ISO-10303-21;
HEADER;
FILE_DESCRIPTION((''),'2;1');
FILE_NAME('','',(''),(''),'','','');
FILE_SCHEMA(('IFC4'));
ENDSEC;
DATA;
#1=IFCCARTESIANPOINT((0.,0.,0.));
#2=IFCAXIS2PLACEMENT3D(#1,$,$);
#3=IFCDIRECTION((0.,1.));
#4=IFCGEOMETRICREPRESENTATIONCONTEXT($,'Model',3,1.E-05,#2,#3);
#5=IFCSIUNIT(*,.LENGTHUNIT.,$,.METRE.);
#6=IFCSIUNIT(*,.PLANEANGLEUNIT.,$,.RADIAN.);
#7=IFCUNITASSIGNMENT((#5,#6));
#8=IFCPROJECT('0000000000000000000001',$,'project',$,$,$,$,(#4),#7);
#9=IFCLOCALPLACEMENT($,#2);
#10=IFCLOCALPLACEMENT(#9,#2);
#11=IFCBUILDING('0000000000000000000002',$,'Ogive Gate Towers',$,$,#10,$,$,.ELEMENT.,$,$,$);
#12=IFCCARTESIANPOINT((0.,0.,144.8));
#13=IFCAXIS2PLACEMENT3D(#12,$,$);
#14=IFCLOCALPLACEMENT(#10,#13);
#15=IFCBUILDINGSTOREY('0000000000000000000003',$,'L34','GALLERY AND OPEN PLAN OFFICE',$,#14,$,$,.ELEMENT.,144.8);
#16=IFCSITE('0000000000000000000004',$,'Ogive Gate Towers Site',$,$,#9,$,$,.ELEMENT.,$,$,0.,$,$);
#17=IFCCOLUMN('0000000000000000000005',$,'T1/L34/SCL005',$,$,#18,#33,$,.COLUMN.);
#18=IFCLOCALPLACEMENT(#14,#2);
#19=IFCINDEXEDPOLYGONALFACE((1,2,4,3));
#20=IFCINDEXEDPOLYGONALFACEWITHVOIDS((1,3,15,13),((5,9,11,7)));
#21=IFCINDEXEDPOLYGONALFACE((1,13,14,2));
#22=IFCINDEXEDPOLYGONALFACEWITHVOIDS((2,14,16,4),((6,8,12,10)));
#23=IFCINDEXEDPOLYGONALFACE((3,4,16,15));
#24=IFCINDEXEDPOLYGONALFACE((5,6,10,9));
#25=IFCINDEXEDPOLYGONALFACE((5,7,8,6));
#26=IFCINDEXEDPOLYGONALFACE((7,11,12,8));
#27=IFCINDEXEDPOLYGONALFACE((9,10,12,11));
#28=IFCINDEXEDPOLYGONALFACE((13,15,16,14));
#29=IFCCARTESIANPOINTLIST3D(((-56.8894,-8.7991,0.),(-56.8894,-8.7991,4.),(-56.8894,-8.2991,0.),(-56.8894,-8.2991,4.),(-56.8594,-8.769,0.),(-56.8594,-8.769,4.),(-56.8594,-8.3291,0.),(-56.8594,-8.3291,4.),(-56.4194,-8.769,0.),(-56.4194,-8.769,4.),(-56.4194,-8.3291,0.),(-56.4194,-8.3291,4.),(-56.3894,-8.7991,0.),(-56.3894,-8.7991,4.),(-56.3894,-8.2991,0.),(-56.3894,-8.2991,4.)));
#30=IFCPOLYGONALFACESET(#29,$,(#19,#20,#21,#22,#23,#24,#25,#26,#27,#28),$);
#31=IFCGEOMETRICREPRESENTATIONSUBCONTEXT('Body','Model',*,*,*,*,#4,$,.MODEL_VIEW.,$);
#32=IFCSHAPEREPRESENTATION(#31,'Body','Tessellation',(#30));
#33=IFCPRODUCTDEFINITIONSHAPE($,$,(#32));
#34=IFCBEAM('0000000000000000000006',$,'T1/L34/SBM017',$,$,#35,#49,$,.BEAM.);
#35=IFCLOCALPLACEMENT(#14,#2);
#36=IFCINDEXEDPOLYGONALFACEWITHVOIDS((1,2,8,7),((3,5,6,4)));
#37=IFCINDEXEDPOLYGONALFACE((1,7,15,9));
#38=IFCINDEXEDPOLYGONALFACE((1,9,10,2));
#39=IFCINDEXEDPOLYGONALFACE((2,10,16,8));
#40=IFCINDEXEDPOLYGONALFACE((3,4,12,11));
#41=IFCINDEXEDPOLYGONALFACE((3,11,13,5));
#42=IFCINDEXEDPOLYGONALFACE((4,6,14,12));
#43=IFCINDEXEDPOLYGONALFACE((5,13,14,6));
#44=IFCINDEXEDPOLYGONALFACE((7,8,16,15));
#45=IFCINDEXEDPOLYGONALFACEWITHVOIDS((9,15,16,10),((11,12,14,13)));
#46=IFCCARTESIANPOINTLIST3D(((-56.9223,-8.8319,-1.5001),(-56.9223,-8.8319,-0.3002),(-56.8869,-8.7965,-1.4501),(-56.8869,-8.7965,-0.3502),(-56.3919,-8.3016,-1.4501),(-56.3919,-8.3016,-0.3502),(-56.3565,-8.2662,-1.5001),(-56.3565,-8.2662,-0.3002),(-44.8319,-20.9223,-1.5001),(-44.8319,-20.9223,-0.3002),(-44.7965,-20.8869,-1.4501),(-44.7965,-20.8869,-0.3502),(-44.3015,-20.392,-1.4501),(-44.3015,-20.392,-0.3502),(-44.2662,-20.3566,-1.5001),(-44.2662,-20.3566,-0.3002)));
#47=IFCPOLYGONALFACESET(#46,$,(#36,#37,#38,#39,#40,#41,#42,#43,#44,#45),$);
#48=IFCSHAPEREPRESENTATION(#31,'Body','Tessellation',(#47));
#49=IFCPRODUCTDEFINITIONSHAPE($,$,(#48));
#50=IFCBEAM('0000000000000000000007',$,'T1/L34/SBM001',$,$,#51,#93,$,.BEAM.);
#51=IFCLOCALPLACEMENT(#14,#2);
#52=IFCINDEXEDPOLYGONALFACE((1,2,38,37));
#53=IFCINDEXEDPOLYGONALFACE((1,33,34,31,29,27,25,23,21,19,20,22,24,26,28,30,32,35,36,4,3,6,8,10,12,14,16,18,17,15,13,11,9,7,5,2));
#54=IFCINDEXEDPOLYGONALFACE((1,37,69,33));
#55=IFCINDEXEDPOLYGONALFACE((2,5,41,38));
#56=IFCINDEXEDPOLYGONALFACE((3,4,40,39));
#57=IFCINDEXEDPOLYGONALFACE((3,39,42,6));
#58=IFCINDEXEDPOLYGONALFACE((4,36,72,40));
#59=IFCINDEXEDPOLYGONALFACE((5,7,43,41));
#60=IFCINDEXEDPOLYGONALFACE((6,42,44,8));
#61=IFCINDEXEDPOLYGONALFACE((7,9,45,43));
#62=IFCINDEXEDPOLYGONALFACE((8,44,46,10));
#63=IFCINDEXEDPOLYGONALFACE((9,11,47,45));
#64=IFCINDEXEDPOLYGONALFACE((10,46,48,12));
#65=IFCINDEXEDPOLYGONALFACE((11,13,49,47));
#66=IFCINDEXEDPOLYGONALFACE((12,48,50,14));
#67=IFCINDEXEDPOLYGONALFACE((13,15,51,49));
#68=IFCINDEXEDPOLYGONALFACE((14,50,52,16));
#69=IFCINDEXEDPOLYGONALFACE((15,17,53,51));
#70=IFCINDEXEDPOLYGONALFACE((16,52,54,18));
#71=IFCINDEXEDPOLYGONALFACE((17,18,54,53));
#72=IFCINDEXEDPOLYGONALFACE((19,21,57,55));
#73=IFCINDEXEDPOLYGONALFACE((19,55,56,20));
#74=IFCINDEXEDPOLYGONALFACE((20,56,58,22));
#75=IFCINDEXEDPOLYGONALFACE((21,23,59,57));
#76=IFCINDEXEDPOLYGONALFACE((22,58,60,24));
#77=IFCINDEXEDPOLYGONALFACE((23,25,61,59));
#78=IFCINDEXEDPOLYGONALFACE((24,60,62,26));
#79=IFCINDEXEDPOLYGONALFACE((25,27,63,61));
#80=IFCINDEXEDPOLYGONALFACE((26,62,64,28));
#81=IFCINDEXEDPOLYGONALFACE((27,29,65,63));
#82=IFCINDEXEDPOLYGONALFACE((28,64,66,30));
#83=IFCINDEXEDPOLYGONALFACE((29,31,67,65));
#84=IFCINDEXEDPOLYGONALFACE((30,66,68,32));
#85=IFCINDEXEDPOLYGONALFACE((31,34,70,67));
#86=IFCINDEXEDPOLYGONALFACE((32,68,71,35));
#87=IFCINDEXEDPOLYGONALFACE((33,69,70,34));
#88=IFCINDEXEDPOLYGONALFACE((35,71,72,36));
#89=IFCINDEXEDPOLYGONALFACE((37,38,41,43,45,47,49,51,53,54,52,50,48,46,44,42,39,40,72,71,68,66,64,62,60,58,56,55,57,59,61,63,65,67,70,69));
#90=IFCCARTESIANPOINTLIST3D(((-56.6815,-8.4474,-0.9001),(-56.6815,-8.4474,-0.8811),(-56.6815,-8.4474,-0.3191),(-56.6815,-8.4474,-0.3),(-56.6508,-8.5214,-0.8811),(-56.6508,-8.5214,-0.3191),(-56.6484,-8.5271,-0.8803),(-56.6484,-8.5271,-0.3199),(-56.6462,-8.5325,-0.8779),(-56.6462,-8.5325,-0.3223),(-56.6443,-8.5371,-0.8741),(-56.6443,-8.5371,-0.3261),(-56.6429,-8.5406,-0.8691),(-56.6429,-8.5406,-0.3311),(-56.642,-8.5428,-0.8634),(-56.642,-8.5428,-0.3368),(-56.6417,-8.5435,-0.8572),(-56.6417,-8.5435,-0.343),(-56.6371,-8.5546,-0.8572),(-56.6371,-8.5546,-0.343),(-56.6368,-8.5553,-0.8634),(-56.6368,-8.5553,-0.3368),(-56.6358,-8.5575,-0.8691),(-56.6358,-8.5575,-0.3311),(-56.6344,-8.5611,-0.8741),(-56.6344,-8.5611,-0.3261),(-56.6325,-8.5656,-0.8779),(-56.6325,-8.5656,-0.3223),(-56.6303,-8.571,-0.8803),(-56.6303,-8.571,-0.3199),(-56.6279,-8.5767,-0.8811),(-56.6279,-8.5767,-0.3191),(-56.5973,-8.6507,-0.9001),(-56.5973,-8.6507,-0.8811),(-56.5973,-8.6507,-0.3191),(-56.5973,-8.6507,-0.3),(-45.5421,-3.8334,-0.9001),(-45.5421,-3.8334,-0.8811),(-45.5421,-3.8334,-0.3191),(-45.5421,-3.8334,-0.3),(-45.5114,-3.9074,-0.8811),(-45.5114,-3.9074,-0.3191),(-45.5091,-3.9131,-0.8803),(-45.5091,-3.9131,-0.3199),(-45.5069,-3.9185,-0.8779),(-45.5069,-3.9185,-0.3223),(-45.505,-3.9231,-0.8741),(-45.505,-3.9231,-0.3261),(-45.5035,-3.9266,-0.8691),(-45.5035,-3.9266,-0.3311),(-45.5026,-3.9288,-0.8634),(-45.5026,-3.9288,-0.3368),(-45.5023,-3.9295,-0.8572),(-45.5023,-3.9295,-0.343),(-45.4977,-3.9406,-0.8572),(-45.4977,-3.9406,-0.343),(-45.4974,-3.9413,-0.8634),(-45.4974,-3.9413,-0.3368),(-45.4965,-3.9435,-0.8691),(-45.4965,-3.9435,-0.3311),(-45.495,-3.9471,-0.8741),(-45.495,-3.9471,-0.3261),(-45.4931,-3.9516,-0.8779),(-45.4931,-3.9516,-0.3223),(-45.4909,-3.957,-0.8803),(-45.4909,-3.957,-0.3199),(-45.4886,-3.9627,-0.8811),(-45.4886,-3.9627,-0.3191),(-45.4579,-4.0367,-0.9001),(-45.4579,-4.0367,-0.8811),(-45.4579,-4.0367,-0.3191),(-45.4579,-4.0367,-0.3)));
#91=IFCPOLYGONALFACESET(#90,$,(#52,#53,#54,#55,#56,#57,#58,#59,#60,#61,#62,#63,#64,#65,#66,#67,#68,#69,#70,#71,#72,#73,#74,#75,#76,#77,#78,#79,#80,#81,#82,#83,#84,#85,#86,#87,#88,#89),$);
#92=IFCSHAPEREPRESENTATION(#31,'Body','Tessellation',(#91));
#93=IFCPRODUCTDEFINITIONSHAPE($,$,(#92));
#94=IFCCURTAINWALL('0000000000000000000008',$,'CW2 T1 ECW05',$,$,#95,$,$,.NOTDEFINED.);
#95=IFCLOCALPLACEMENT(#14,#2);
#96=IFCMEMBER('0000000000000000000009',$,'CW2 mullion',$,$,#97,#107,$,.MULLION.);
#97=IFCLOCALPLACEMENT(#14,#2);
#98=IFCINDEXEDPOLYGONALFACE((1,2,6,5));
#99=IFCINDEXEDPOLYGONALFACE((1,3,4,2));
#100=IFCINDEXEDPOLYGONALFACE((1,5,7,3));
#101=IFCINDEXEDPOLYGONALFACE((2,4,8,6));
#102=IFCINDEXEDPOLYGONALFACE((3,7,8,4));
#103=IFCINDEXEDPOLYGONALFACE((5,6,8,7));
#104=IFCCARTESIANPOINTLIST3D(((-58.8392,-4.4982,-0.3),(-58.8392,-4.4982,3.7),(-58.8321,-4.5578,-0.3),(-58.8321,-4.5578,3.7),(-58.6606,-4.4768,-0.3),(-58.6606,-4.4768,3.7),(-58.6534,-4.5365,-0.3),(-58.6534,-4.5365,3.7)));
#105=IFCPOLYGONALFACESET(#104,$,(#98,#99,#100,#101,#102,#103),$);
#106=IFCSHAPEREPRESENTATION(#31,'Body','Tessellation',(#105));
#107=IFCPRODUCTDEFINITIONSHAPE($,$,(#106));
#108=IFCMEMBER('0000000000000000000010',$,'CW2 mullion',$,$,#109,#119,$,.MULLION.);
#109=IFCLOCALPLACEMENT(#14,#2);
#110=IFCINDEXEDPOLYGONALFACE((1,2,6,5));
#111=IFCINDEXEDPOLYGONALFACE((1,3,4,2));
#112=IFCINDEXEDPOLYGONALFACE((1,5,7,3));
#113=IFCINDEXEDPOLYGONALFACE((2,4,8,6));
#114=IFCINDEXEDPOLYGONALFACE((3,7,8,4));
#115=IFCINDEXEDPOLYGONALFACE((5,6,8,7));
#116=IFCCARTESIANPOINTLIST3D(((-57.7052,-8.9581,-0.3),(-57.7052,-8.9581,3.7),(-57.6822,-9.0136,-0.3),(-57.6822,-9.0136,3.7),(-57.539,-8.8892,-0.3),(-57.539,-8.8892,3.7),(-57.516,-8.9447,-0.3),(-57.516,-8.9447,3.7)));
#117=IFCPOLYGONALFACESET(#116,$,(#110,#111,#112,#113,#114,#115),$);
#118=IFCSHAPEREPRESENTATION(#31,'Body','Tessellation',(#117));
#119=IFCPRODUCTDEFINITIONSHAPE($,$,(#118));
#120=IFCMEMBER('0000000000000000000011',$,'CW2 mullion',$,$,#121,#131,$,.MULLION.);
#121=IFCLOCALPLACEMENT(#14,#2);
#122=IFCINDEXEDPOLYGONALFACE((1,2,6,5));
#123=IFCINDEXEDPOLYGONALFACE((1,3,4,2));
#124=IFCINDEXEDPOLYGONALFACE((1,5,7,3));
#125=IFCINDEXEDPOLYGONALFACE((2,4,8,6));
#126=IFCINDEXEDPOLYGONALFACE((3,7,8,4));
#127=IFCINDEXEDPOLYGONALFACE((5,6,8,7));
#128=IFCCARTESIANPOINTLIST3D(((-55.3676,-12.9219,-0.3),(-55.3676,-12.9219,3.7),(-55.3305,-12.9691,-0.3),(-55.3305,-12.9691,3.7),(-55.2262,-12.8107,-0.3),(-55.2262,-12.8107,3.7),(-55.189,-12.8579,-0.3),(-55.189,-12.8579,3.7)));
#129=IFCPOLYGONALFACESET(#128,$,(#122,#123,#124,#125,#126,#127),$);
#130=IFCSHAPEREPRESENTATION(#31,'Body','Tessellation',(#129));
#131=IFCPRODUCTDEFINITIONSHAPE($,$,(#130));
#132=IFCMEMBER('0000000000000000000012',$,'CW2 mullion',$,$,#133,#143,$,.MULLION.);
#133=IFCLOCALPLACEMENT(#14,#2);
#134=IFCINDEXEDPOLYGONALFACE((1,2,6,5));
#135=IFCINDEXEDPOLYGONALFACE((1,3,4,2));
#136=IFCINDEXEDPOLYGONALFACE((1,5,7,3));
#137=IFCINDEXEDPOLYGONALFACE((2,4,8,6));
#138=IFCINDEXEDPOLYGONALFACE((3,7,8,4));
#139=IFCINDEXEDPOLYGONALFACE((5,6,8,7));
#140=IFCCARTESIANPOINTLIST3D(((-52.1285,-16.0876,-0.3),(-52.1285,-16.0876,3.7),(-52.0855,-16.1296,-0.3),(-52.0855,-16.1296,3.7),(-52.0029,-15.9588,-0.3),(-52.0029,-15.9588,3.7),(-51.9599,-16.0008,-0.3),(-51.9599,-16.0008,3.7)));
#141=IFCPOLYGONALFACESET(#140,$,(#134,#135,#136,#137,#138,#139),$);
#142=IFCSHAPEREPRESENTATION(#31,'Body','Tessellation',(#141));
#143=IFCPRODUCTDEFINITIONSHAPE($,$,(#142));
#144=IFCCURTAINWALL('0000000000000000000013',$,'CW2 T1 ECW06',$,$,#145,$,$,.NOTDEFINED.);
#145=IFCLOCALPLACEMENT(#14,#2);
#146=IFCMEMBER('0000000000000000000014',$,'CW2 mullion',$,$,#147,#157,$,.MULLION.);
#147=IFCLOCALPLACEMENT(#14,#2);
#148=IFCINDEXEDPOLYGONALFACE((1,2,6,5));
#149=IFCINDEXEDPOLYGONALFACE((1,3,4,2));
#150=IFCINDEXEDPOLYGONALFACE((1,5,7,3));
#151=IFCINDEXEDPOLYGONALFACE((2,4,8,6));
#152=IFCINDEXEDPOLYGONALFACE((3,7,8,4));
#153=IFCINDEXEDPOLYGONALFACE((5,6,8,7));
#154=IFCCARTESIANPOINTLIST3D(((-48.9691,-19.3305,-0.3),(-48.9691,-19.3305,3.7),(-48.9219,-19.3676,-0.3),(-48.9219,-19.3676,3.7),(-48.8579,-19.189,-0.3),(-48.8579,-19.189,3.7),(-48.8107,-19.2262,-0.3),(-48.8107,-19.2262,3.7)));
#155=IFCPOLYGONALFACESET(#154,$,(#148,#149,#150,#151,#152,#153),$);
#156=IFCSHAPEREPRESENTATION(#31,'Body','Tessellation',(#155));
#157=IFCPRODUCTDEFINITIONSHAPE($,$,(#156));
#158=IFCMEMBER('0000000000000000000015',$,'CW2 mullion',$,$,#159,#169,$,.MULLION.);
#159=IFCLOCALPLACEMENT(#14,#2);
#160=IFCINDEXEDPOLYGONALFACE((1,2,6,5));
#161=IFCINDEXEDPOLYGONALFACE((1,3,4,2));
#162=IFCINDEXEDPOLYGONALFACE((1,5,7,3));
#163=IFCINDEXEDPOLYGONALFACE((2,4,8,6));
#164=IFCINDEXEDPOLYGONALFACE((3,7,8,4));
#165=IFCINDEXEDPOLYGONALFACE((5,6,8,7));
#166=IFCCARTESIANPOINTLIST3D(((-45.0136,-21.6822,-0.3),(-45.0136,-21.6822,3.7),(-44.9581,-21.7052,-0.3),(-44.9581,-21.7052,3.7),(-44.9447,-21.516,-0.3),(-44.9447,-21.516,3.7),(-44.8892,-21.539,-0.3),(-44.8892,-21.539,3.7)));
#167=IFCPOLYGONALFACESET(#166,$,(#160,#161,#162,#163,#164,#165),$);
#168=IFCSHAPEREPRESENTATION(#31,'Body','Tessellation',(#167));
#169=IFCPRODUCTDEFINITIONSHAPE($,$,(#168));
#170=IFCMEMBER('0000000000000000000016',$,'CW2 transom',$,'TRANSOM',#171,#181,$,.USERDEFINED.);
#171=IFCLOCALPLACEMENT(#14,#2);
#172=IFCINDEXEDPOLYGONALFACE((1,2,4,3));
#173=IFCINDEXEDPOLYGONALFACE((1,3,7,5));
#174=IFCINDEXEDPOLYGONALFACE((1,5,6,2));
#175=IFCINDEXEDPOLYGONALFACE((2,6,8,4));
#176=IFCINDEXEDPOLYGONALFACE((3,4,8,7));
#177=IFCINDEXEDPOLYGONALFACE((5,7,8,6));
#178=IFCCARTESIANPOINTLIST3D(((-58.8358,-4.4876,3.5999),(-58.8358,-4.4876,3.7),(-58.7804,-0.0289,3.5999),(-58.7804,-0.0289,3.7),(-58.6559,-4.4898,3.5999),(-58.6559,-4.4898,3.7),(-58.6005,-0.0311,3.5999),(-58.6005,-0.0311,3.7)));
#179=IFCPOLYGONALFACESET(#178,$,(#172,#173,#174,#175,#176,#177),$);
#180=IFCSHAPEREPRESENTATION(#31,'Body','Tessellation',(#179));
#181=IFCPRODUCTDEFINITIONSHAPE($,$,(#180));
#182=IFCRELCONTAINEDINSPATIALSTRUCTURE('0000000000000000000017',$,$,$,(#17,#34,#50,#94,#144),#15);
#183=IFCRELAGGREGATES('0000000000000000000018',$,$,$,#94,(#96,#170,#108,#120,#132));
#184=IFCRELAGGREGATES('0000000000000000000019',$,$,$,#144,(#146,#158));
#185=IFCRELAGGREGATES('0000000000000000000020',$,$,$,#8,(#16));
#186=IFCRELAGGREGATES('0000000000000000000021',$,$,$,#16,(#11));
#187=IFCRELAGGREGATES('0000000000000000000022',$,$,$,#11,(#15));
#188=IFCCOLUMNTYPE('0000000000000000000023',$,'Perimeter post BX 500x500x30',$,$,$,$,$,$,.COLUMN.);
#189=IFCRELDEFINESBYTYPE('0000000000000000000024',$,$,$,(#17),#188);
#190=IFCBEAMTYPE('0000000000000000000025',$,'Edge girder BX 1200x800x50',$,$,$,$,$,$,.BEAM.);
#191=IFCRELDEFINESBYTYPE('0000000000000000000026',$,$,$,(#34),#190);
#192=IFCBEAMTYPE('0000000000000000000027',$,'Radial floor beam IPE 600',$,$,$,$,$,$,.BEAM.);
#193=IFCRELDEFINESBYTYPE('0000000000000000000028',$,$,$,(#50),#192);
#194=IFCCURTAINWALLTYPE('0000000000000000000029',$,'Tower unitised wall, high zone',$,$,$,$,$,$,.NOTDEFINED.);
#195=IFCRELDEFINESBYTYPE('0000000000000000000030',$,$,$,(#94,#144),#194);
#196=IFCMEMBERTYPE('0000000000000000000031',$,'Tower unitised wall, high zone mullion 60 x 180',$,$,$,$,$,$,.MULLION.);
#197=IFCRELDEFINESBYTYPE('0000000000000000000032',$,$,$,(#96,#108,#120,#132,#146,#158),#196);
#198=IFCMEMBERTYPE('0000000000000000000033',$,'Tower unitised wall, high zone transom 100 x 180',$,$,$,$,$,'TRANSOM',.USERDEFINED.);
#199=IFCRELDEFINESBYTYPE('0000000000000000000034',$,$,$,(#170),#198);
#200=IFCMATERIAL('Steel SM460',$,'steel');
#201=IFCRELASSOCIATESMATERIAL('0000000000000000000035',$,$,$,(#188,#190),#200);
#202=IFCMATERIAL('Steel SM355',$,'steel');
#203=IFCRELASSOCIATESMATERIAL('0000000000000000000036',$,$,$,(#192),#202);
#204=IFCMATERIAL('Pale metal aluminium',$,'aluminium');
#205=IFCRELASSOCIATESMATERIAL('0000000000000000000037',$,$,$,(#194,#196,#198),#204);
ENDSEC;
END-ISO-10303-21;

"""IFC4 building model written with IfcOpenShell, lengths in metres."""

from ifc_helpers import new_model, si_unit, direction, frame, origin, origin_2d, place, context, subcontext, project, spatial, rectangle, hollow_rectangle, i_section, extrude, material, material_profile, profile_set, type_object, element, aggregate, save


model = new_model("IFC4")

# Units and contexts
model_context = context("Model", 3, precision=1e-05, world=origin(), true_north=direction((0.0, 1.0)))
body_context = subcontext(model_context, "Body", "Model", "MODEL_VIEW")
ifc_project = project(units=[si_unit("LENGTHUNIT", "METRE"), si_unit("PLANEANGLEUNIT", "RADIAN")], contexts=[model_context])

# Site, building, storey
site_placement = place(None, origin())
site = spatial("IfcSite", under=ifc_project, at=site_placement, Name="Ogive Gate Towers Site", CompositionType="ELEMENT", RefElevation=0.0)
building_placement = place(site_placement, origin())
building = spatial("IfcBuilding", under=site, at=building_placement, Name="Ogive Gate Towers", CompositionType="ELEMENT")
storey_placement = place(building_placement, frame((0.0, 0.0, 144.8)))
storey = spatial("IfcBuildingStorey", under=building, at=storey_placement, Name="L34", Description="GALLERY AND OPEN PLAN OFFICE", CompositionType="ELEMENT", Elevation=144.8)

# Column
ifc_material_1 = material(Name="Steel SM460", Category="steel")
ifc_material_profile_1 = material_profile(ifc_material_1, hollow_rectangle(XDim=0.5, YDim=0.5, WallThickness=0.03, at=origin_2d()), Name="BX 500x500x30")
ifc_profile_set_1 = profile_set([ifc_material_profile_1], Name="Steel SM460")
column_type = type_object("IfcColumnType", Name="Perimeter post BX 500x500x30", PredefinedType="COLUMN", material=ifc_profile_set_1)
column_placement = place(storey_placement, frame((-56.6394, -8.5491, 0.0), z_axis=(0.0, 0.0, 1.0), x_axis=(1.0, 0.0, 0.0)))
element("IfcColumn", 1, at=column_placement, inside=storey, type_object=column_type, Name="T1/L34/SCL005", PredefinedType="COLUMN", context=body_context, shape_type="SweptSolid", body=[
    extrude(hollow_rectangle(XDim=0.5, YDim=0.5, WallThickness=0.03, at=origin_2d()), origin(), (0.0, 0.0, 1.0), 4.0),
])

# Beams
ifc_material_profile_2 = material_profile(ifc_material_1, hollow_rectangle(XDim=0.8, YDim=1.2, WallThickness=0.05, at=origin_2d()), Name="BX 1200x800x50")
ifc_profile_set_2 = profile_set([ifc_material_profile_2], Name="Steel SM460")
beam_type_1 = type_object("IfcBeamType", Name="Edge girder BX 1200x800x50", PredefinedType="BEAM", material=ifc_profile_set_2)
beam_1_placement = place(storey_placement, frame((-56.6394, -8.5491, -0.9001), z_axis=(0.707107, -0.707107, 0.0), x_axis=(0.707107, 0.707107, 0.0)))
element("IfcBeam", 2, at=beam_1_placement, inside=storey, type_object=beam_type_1, Name="T1/L34/SBM017", PredefinedType="BEAM", context=body_context, shape_type="SweptSolid", body=[
    extrude(hollow_rectangle(XDim=0.8, YDim=1.2, WallThickness=0.05, at=origin_2d()), origin(), (0.0, 0.0, 1.0), 17.0984),
])
ifc_material_2 = material(Name="Steel SM355", Category="steel")
ifc_material_profile_3 = material_profile(ifc_material_2, i_section(OverallWidth=0.22, OverallDepth=0.6001, WebThickness=0.012, FlangeThickness=0.019, FilletRadius=0.0239, at=origin_2d()), Name="IPE 600")
ifc_profile_set_3 = profile_set([ifc_material_profile_3], Name="Steel SM355")
beam_type_2 = type_object("IfcBeamType", Name="Radial floor beam IPE 600", PredefinedType="BEAM", material=ifc_profile_set_3)
beam_2_placement = place(storey_placement, frame((-45.5, -3.9351, -0.6001), z_axis=(-0.923882, -0.382678, 0.0), x_axis=(0.382678, -0.923882, 0.0)))
element("IfcBeam", 3, at=beam_2_placement, inside=storey, type_object=beam_type_2, Name="T1/L34/SBM001", PredefinedType="BEAM", context=body_context, shape_type="SweptSolid", body=[
    extrude(i_section(OverallWidth=0.22, OverallDepth=0.6001, WebThickness=0.012, FlangeThickness=0.019, FilletRadius=0.0239, at=origin_2d()), origin(), (0.0, 0.0, 1.0), 12.0571),
])

# Curtain walls, members
ifc_material_3 = material(Name="Pale metal aluminium", Category="aluminium")
curtain_wall_type = type_object("IfcCurtainWallType", Name="Tower unitised wall, high zone", PredefinedType="NOTDEFINED", material=ifc_material_3)
curtain_wall_1_placement = place(storey_placement, origin())
curtain_wall_1 = element("IfcCurtainWall", 4, at=curtain_wall_1_placement, inside=storey, type_object=curtain_wall_type, Name="CW2 T1 ECW05", PredefinedType="NOTDEFINED")
ifc_material_profile_4 = material_profile(ifc_material_3, rectangle(XDim=0.1799, YDim=0.0601, at=origin_2d()), Name="60 x 180 aluminium box")
ifc_profile_set_4 = profile_set([ifc_material_profile_4], Name="Pale metal aluminium")
member_type_1 = type_object("IfcMemberType", Name="Tower unitised wall, high zone mullion 60 x 180", PredefinedType="MULLION", material=ifc_profile_set_4)
member_1_placement = place(storey_placement, frame((-58.7463, -4.5173, -0.3), z_axis=(0.0, 0.0, 1.0), x_axis=(-0.992908, -0.118889, 0.0)))
member_1 = element("IfcMember", 5, at=member_1_placement, type_object=member_type_1, Name="CW2 mullion", PredefinedType="MULLION", context=body_context, shape_type="SweptSolid", body=[
    extrude(rectangle(XDim=0.1799, YDim=0.0601, at=origin_2d()), origin(), (0.0, 0.0, 1.0), 4.0),
])
member_2_placement = place(storey_placement, frame((-57.6106, -8.9514, -0.3), z_axis=(0.0, 0.0, 1.0), x_axis=(-0.92388, -0.382683, 0.0)))
member_2 = element("IfcMember", 6, at=member_2_placement, type_object=member_type_1, Name="CW2 mullion", PredefinedType="MULLION", context=body_context, shape_type="SweptSolid", body=[
    extrude(rectangle(XDim=0.1799, YDim=0.0601, at=origin_2d()), origin(), (0.0, 0.0, 1.0), 4.0),
])
member_3_placement = place(storey_placement, frame((-55.2783, -12.8899, -0.3), z_axis=(0.0, 0.0, 1.0), x_axis=(-0.786148, -0.618038, 0.0)))
member_3 = element("IfcMember", 7, at=member_3_placement, type_object=member_type_1, Name="CW2 mullion", PredefinedType="MULLION", context=body_context, shape_type="SweptSolid", body=[
    extrude(rectangle(XDim=0.1799, YDim=0.0601, at=origin_2d()), origin(), (0.0, 0.0, 1.0), 4.0),
])
member_4_placement = place(storey_placement, frame((-52.0442, -16.0442, -0.3), z_axis=(0.0, 0.0, 1.0), x_axis=(-0.69824, -0.715863, 0.0)))
member_4 = element("IfcMember", 8, at=member_4_placement, type_object=member_type_1, Name="CW2 mullion", PredefinedType="MULLION", context=body_context, shape_type="SweptSolid", body=[
    extrude(rectangle(XDim=0.1799, YDim=0.0601, at=origin_2d()), origin(), (0.0, 0.0, 1.0), 4.0),
])
curtain_wall_2_placement = place(storey_placement, origin())
curtain_wall_2 = element("IfcCurtainWall", 9, at=curtain_wall_2_placement, inside=storey, type_object=curtain_wall_type, Name="CW2 T1 ECW06", PredefinedType="NOTDEFINED")
member_5_placement = place(storey_placement, frame((-48.8899, -19.2783, -0.3), z_axis=(0.0, 0.0, 1.0), x_axis=(-0.618038, -0.786148, 0.0)))
member_5 = element("IfcMember", 10, at=member_5_placement, type_object=member_type_1, Name="CW2 mullion", PredefinedType="MULLION", context=body_context, shape_type="SweptSolid", body=[
    extrude(rectangle(XDim=0.1799, YDim=0.0601, at=origin_2d()), origin(), (0.0, 0.0, 1.0), 4.0),
])
member_6_placement = place(storey_placement, frame((-44.9514, -21.6106, -0.3), z_axis=(0.0, 0.0, 1.0), x_axis=(-0.382683, -0.92388, 0.0)))
member_6 = element("IfcMember", 11, at=member_6_placement, type_object=member_type_1, Name="CW2 mullion", PredefinedType="MULLION", context=body_context, shape_type="SweptSolid", body=[
    extrude(rectangle(XDim=0.1799, YDim=0.0601, at=origin_2d()), origin(), (0.0, 0.0, 1.0), 4.0),
])

# Member
ifc_material_profile_5 = material_profile(ifc_material_3, rectangle(XDim=0.1799, YDim=0.1001, at=origin_2d()), Name="100 x 180 aluminium box")
ifc_profile_set_5 = profile_set([ifc_material_profile_5], Name="Pale metal aluminium")
member_type_2 = type_object("IfcMemberType", Name="Tower unitised wall, high zone transom 100 x 180", ElementType="TRANSOM", PredefinedType="USERDEFINED", material=ifc_profile_set_5)
member_7_placement = place(storey_placement, frame((-58.6904, -0.03, 3.6499), z_axis=(-0.012429, -0.999923, 0.0), x_axis=(0.999923, -0.012429, 0.0)))
member_7 = element("IfcMember", 12, at=member_7_placement, type_object=member_type_2, Name="CW2 transom", ObjectType="TRANSOM", PredefinedType="USERDEFINED", context=body_context, shape_type="SweptSolid", body=[
    extrude(rectangle(XDim=0.1799, YDim=0.1001, at=origin_2d()), origin(), (0.0, 0.0, 1.0), 4.459),
])

aggregate(curtain_wall_1, [member_1, member_7, member_2, member_3, member_4])
aggregate(curtain_wall_2, [member_5, member_6])

save(model, "model.ifc")
